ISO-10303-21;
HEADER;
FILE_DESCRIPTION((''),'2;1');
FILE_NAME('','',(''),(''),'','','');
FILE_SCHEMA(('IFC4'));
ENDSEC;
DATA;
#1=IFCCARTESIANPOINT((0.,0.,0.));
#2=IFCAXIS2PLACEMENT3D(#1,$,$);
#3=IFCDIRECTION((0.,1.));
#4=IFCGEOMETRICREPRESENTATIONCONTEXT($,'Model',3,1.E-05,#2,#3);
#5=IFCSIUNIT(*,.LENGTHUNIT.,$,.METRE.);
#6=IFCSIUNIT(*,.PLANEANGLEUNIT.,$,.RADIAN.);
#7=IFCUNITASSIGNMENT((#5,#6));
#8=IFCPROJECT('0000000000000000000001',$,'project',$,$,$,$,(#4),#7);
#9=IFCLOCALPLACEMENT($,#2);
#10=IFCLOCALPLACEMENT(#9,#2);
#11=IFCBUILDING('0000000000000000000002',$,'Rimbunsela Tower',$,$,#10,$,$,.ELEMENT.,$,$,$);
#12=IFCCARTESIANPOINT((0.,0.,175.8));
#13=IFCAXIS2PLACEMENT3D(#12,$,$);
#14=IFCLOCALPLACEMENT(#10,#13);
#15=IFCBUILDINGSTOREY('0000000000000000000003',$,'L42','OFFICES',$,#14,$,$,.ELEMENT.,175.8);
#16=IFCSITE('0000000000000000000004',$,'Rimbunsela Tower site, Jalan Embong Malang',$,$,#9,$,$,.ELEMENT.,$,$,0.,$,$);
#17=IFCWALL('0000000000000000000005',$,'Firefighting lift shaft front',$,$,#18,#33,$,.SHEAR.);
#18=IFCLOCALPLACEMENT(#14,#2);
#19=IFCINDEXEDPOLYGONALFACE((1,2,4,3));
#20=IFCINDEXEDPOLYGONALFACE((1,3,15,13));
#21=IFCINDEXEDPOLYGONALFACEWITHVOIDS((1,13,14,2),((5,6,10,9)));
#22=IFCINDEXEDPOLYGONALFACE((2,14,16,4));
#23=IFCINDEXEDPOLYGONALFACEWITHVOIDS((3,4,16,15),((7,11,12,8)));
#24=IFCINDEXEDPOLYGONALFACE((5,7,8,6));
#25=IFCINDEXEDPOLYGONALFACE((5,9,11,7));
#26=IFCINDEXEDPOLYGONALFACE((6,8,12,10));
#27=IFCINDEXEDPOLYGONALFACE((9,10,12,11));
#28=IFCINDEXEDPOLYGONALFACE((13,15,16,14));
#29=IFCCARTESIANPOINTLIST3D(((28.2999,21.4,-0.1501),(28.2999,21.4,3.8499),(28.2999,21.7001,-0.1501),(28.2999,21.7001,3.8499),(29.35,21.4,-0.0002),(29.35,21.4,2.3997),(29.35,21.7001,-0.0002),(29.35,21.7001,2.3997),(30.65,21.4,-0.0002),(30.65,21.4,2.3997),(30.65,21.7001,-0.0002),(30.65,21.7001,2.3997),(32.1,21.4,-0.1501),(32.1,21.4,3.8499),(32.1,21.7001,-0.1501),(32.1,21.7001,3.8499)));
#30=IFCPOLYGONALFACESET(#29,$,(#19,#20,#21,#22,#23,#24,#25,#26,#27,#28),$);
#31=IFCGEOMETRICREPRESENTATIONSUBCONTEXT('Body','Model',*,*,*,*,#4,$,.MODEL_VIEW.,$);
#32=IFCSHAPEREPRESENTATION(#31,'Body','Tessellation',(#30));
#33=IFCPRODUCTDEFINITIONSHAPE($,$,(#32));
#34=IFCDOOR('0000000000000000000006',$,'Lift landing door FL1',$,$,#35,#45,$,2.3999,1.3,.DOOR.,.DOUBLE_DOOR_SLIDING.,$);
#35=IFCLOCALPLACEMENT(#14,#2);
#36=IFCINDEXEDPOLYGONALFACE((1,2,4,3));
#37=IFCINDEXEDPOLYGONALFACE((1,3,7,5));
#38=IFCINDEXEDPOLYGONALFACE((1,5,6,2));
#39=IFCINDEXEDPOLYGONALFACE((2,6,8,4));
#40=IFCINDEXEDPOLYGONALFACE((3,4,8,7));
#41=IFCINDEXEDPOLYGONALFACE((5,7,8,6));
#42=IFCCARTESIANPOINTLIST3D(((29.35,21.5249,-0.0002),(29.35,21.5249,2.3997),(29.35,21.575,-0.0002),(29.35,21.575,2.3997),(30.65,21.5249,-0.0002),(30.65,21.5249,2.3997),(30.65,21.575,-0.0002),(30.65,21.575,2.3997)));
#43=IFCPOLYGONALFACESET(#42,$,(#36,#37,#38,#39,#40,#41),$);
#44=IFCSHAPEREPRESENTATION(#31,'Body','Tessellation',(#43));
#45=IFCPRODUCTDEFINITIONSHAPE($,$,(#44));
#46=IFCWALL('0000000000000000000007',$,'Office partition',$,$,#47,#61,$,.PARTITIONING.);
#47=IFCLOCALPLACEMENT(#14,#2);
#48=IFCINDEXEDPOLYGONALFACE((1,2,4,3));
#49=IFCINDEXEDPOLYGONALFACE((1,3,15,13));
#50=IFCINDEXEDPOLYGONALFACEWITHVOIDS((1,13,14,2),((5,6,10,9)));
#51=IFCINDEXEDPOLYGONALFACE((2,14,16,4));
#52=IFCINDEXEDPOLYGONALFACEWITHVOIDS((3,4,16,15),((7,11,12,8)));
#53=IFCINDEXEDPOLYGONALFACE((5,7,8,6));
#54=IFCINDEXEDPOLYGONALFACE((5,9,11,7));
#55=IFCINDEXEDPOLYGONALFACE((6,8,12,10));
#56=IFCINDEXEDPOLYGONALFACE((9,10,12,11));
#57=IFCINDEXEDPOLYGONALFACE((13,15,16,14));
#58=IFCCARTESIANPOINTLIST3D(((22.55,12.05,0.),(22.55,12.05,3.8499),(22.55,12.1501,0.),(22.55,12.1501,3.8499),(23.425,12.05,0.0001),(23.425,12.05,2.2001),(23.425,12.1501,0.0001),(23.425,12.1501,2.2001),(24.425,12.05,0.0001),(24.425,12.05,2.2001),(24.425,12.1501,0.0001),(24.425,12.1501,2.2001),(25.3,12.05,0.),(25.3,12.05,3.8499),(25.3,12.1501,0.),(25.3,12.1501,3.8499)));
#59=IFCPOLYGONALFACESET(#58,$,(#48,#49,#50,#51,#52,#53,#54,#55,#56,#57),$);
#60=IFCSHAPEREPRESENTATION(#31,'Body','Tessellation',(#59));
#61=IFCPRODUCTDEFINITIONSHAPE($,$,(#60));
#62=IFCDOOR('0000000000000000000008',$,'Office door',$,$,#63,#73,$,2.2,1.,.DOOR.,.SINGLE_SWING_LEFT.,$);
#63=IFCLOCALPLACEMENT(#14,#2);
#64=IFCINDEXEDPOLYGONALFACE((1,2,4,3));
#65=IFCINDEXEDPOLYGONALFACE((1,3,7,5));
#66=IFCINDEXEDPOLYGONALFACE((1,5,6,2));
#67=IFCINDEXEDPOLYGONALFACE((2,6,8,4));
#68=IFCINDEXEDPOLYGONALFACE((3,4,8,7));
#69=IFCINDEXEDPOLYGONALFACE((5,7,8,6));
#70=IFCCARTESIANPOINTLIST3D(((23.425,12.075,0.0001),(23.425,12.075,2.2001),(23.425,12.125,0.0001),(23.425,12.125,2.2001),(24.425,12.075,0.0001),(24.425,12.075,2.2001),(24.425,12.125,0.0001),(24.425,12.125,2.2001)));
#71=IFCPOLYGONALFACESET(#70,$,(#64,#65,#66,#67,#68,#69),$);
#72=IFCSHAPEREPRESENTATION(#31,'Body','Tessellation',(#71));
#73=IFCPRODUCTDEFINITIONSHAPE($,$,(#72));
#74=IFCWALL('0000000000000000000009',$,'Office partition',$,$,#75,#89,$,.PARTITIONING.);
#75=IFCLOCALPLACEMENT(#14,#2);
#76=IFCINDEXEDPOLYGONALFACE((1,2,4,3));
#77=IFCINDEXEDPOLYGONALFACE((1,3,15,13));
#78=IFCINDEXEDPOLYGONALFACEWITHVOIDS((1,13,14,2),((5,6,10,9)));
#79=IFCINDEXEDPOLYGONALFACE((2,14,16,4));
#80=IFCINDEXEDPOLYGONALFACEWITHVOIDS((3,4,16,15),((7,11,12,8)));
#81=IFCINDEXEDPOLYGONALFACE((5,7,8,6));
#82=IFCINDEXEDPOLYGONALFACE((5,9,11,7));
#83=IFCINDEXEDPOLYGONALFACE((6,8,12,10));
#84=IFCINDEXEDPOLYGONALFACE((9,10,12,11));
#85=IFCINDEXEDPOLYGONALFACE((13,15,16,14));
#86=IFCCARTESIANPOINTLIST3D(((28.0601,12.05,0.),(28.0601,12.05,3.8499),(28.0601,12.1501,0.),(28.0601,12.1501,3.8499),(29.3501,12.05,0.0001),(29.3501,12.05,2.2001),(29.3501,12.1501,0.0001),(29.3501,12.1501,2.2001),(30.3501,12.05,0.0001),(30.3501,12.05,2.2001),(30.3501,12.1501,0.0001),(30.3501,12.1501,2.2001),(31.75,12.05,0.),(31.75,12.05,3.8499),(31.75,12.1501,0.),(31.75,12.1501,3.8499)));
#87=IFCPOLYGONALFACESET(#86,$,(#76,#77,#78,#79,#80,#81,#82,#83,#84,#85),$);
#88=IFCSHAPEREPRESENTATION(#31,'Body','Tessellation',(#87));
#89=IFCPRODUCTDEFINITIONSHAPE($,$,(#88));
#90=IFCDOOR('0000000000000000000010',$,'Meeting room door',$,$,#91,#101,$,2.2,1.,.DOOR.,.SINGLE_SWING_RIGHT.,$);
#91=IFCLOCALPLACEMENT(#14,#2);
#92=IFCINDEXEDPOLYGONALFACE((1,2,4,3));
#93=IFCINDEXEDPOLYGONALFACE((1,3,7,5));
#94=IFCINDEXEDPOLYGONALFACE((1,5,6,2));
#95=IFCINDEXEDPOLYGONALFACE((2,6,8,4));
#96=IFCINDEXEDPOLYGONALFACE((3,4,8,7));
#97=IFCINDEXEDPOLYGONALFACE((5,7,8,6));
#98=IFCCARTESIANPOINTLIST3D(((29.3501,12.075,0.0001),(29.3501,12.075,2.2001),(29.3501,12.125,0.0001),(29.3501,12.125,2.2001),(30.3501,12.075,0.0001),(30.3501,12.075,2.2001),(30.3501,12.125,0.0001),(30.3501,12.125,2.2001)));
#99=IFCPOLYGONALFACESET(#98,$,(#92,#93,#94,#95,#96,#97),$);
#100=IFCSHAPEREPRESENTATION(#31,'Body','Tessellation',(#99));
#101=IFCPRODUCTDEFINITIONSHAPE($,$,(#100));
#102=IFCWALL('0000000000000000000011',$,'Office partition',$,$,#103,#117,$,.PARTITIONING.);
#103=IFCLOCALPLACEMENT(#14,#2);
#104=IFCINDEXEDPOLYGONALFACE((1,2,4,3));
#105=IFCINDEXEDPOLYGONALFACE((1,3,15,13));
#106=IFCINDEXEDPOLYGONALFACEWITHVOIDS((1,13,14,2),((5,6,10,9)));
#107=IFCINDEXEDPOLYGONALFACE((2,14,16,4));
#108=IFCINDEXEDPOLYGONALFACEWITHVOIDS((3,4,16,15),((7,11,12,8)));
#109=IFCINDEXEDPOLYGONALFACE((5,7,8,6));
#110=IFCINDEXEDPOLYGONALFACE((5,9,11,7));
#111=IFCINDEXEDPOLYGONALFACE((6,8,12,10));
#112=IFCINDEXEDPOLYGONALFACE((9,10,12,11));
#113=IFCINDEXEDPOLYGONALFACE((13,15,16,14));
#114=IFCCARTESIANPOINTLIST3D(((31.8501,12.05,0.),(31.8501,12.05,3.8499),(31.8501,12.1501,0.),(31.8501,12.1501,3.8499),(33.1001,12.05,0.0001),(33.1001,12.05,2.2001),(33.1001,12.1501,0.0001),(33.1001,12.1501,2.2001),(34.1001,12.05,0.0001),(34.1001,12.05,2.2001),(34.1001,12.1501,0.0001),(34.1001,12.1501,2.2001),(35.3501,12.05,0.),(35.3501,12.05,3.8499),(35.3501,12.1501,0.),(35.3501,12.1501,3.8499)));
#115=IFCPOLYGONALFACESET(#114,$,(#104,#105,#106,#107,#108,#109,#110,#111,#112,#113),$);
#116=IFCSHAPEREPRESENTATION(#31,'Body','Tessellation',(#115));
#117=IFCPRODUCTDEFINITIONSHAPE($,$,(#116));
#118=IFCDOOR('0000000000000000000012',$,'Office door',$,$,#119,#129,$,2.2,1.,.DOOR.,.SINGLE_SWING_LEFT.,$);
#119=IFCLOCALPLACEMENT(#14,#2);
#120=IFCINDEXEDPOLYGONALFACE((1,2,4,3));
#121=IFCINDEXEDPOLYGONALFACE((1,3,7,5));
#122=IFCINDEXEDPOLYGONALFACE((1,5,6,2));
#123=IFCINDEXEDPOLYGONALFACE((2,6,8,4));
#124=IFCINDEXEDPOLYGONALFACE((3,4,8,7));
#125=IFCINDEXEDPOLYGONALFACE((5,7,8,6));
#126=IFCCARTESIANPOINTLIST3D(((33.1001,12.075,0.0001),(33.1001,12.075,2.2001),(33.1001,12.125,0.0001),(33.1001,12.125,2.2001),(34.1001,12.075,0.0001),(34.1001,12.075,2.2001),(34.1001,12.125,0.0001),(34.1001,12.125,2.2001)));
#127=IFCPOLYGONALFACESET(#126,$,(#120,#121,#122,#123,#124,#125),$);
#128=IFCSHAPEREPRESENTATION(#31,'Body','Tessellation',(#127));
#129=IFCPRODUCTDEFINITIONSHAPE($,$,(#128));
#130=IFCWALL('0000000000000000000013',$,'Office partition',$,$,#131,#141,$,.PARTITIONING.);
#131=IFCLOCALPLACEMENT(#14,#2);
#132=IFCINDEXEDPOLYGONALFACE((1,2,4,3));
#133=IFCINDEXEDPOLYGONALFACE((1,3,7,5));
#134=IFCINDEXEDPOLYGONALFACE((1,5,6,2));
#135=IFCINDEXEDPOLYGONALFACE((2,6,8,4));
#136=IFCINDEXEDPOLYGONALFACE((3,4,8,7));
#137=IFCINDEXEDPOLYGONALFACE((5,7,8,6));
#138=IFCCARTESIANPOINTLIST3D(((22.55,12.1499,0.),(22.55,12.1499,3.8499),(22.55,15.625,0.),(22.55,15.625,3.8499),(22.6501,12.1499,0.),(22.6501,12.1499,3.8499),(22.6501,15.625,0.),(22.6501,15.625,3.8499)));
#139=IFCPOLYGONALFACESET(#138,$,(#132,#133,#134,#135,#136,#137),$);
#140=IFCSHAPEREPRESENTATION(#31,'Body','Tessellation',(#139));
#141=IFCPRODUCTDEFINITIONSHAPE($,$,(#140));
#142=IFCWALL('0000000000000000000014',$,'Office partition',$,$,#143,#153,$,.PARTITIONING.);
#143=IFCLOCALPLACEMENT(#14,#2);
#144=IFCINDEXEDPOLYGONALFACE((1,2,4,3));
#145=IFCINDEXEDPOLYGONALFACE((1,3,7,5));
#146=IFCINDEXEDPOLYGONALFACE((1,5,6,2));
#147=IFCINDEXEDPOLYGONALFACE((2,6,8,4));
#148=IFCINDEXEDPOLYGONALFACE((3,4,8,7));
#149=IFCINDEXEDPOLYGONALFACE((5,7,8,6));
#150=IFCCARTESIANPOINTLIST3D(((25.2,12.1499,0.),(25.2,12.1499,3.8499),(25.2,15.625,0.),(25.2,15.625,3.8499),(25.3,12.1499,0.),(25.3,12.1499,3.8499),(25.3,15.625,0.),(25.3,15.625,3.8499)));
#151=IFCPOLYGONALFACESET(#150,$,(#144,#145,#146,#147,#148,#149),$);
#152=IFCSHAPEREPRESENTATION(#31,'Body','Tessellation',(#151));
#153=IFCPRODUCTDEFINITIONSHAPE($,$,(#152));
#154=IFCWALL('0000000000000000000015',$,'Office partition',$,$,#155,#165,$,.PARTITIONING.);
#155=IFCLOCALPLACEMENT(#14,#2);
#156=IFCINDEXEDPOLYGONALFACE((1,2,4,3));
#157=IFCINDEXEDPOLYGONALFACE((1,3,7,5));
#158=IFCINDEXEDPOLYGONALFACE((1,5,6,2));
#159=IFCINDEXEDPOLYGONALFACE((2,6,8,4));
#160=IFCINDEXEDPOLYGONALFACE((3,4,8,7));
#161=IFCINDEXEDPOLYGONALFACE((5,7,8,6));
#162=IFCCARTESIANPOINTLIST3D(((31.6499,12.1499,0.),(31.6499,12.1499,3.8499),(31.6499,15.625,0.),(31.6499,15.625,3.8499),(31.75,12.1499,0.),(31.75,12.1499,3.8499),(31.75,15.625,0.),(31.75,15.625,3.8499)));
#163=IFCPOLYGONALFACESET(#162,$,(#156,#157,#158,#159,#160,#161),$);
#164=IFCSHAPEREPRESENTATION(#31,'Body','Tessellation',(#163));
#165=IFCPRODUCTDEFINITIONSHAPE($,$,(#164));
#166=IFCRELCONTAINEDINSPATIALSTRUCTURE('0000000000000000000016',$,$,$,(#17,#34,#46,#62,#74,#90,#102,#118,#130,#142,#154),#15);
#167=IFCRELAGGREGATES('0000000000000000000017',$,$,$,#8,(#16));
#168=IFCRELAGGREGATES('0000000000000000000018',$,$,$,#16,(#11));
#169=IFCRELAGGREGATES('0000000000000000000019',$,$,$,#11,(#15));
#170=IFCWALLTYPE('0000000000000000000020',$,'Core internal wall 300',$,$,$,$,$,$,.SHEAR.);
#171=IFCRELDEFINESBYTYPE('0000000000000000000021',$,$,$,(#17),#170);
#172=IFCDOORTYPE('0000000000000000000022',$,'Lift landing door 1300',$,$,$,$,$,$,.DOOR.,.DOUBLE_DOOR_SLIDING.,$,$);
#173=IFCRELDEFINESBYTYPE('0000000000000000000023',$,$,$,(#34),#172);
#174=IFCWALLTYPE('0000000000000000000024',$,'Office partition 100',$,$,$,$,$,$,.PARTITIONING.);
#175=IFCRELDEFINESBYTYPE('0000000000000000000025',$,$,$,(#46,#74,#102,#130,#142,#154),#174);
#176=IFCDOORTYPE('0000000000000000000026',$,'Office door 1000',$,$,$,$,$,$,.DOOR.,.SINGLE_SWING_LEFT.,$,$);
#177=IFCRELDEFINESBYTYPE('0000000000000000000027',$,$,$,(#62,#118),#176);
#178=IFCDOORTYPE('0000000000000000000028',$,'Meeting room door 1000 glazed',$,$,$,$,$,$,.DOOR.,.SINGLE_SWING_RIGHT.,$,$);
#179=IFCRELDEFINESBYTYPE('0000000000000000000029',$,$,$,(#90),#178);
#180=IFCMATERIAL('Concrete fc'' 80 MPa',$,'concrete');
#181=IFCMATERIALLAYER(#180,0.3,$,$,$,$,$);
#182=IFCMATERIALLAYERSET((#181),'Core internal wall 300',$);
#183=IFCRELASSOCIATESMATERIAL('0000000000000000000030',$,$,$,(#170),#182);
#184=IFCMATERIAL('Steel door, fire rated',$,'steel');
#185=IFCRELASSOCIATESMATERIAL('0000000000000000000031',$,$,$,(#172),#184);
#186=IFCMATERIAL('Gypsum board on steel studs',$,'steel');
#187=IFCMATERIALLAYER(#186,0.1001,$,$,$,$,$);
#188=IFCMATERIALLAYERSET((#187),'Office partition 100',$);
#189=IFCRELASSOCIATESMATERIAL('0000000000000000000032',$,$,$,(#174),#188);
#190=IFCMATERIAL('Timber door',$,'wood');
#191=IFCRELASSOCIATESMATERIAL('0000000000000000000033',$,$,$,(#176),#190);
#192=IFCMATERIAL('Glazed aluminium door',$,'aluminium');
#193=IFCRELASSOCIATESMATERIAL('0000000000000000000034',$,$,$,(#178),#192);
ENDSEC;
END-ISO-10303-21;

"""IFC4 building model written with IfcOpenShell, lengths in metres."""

from ifc_helpers import new_model, si_unit, direction, frame, frame_2d, origin, place, context, subcontext, project, spatial, rectangle, extrude, material, layer, layer_set, type_object, element, fill, save


model = new_model("IFC4")

# Units and contexts
model_context = context("Model", 3, precision=1e-05, world=origin(), true_north=direction((0.0, 1.0)))
body_context = subcontext(model_context, "Body", "Model", "MODEL_VIEW")
ifc_project = project(units=[si_unit("LENGTHUNIT", "METRE"), si_unit("PLANEANGLEUNIT", "RADIAN")], contexts=[model_context])

# Site, building, storey
site_placement = place(None, origin())
site = spatial("IfcSite", under=ifc_project, at=site_placement, Name="Rimbunsela Tower site, Jalan Embong Malang", CompositionType="ELEMENT", RefElevation=0.0)
building_placement = place(site_placement, origin())
building = spatial("IfcBuilding", under=site, at=building_placement, Name="Rimbunsela Tower", CompositionType="ELEMENT")
storey_placement = place(building_placement, frame((0.0, 0.0, 175.8)))
storey = spatial("IfcBuildingStorey", under=building, at=storey_placement, Name="L42", Description="OFFICES", CompositionType="ELEMENT", Elevation=175.8)

# Shared definitions
ifc_material_1 = material(Name="Concrete fc' 80 MPa", Category="concrete")
ifc_layer_1 = layer(ifc_material_1, 0.3)
ifc_layer_set_1 = layer_set([ifc_layer_1], Name="Core internal wall 300")
wall_type_1 = type_object("IfcWallType", Name="Core internal wall 300", PredefinedType="SHEAR", material=ifc_layer_set_1)

# Walls, openings, doors
wall_1_placement = place(storey_placement, frame((28.3, 21.55, -0.1501), z_axis=(0.0, 0.0, 1.0), x_axis=(1.0, 0.0, 0.0)))
wall_1 = element("IfcWall", 1, at=wall_1_placement, inside=storey, type_object=wall_type_1, Name="Firefighting lift shaft front", PredefinedType="SHEAR", context=body_context, shape_type="SweptSolid", body=[
    extrude(rectangle(XDim=3.8, YDim=0.3, at=frame_2d((1.8999, 0.0))), origin(), (0.0, 0.0, 1.0), 4.0),
])
opening_1_placement = place(wall_1_placement, frame((1.05, 0.0, 0.1499)))
opening_1 = element("IfcOpeningElement", 2, at=opening_1_placement, cuts=wall_1, PredefinedType="OPENING", context=body_context, shape_type="SweptSolid", body=[
    extrude(rectangle(XDim=1.3, YDim=2.3999, at=frame_2d((0.6499, 1.2))), frame((0.0, 0.1599, 0.0), z_axis=(0.0, -1.0, 0.0), x_axis=(1.0, 0.0, 0.0)), (0.0, 0.0, 1.0), 0.3201),
])
ifc_material_2 = material(Name="Steel door, fire rated", Category="steel")
door_type_1 = type_object("IfcDoorType", Name="Lift landing door 1300", OperationType="DOUBLE_DOOR_SLIDING", PredefinedType="DOOR", material=ifc_material_2)
door_1_placement = place(opening_1_placement, origin())
door_1 = element("IfcDoor", 3, at=door_1_placement, inside=storey, type_object=door_type_1, Name="Lift landing door FL1", OperationType="DOUBLE_DOOR_SLIDING", OverallHeight=2.3999, OverallWidth=1.3, PredefinedType="DOOR", context=body_context, shape_type="SweptSolid", body=[
    extrude(rectangle(XDim=1.3, YDim=2.3999, at=frame_2d((0.6499, 1.2))), frame((0.0, 0.0249, 0.0), z_axis=(0.0, -1.0, 0.0), x_axis=(1.0, 0.0, 0.0)), (0.0, 0.0, 1.0), 0.05),
])
fill(opening_1, door_1)
ifc_material_3 = material(Name="Gypsum board on steel studs", Category="steel")
ifc_layer_2 = layer(ifc_material_3, 0.1001)
ifc_layer_set_2 = layer_set([ifc_layer_2], Name="Office partition 100")
wall_type_2 = type_object("IfcWallType", Name="Office partition 100", PredefinedType="PARTITIONING", material=ifc_layer_set_2)
wall_2_placement = place(storey_placement, frame((22.55, 12.1001, 0.0), z_axis=(0.0, 0.0, 1.0), x_axis=(1.0, 0.0, 0.0)))
wall_2 = element("IfcWall", 4, at=wall_2_placement, inside=storey, type_object=wall_type_2, Name="Office partition", PredefinedType="PARTITIONING", context=body_context, shape_type="SweptSolid", body=[
    extrude(rectangle(XDim=2.75, YDim=0.1001, at=frame_2d((1.375, 0.0))), origin(), (0.0, 0.0, 1.0), 3.8499),
])
opening_2_placement = place(wall_2_placement, frame((0.875, 0.0, 0.0)))
opening_2 = element("IfcOpeningElement", 5, at=opening_2_placement, cuts=wall_2, PredefinedType="OPENING", context=body_context, shape_type="SweptSolid", body=[
    extrude(rectangle(XDim=1.0, YDim=2.2, at=frame_2d((0.5, 1.1001))), frame((0.0, 0.0601, 0.0), z_axis=(0.0, -1.0, 0.0), x_axis=(1.0, 0.0, 0.0)), (0.0, 0.0, 1.0), 0.1201),
])
ifc_material_4 = material(Name="Timber door", Category="wood")
door_type_2 = type_object("IfcDoorType", Name="Office door 1000", OperationType="SINGLE_SWING_LEFT", PredefinedType="DOOR", material=ifc_material_4)
door_2_placement = place(opening_2_placement, origin())
door_2 = element("IfcDoor", 6, at=door_2_placement, inside=storey, type_object=door_type_2, Name="Office door", OperationType="SINGLE_SWING_LEFT", OverallHeight=2.2, OverallWidth=1.0, PredefinedType="DOOR", context=body_context, shape_type="SweptSolid", body=[
    extrude(rectangle(XDim=1.0, YDim=2.2, at=frame_2d((0.5, 1.1001))), frame((0.0, 0.0249, 0.0), z_axis=(0.0, -1.0, 0.0), x_axis=(1.0, 0.0, 0.0)), (0.0, 0.0, 1.0), 0.05),
])
fill(opening_2, door_2)
wall_3_placement = place(storey_placement, frame((28.0601, 12.1001, 0.0), z_axis=(0.0, 0.0, 1.0), x_axis=(1.0, 0.0, 0.0)))
wall_3 = element("IfcWall", 7, at=wall_3_placement, inside=storey, type_object=wall_type_2, Name="Office partition", PredefinedType="PARTITIONING", context=body_context, shape_type="SweptSolid", body=[
    extrude(rectangle(XDim=3.6899, YDim=0.1001, at=frame_2d((1.845, 0.0))), origin(), (0.0, 0.0, 1.0), 3.8499),
])
opening_3_placement = place(wall_3_placement, frame((1.29, 0.0, 0.0)))
opening_3 = element("IfcOpeningElement", 8, at=opening_3_placement, cuts=wall_3, PredefinedType="OPENING", context=body_context, shape_type="SweptSolid", body=[
    extrude(rectangle(XDim=1.0, YDim=2.2, at=frame_2d((0.5, 1.1001))), frame((0.0, 0.0601, 0.0), z_axis=(0.0, -1.0, 0.0), x_axis=(1.0, 0.0, 0.0)), (0.0, 0.0, 1.0), 0.1201),
])
ifc_material_5 = material(Name="Glazed aluminium door", Category="aluminium")
door_type_3 = type_object("IfcDoorType", Name="Meeting room door 1000 glazed", OperationType="SINGLE_SWING_RIGHT", PredefinedType="DOOR", material=ifc_material_5)
door_3_placement = place(opening_3_placement, origin())
door_3 = element("IfcDoor", 9, at=door_3_placement, inside=storey, type_object=door_type_3, Name="Meeting room door", OperationType="SINGLE_SWING_RIGHT", OverallHeight=2.2, OverallWidth=1.0, PredefinedType="DOOR", context=body_context, shape_type="SweptSolid", body=[
    extrude(rectangle(XDim=1.0, YDim=2.2, at=frame_2d((0.5, 1.1001))), frame((0.0, 0.0249, 0.0), z_axis=(0.0, -1.0, 0.0), x_axis=(1.0, 0.0, 0.0)), (0.0, 0.0, 1.0), 0.05),
])
fill(opening_3, door_3)
wall_4_placement = place(storey_placement, frame((31.8501, 12.1001, 0.0), z_axis=(0.0, 0.0, 1.0), x_axis=(1.0, 0.0, 0.0)))
wall_4 = element("IfcWall", 10, at=wall_4_placement, inside=storey, type_object=wall_type_2, Name="Office partition", PredefinedType="PARTITIONING", context=body_context, shape_type="SweptSolid", body=[
    extrude(rectangle(XDim=3.5, YDim=0.1001, at=frame_2d((1.75, 0.0))), origin(), (0.0, 0.0, 1.0), 3.8499),
])
opening_4_placement = place(wall_4_placement, frame((1.25, 0.0, 0.0)))
opening_4 = element("IfcOpeningElement", 11, at=opening_4_placement, cuts=wall_4, PredefinedType="OPENING", context=body_context, shape_type="SweptSolid", body=[
    extrude(rectangle(XDim=1.0, YDim=2.2, at=frame_2d((0.5, 1.1001))), frame((0.0, 0.0601, 0.0), z_axis=(0.0, -1.0, 0.0), x_axis=(1.0, 0.0, 0.0)), (0.0, 0.0, 1.0), 0.1201),
])
door_4_placement = place(opening_4_placement, origin())
door_4 = element("IfcDoor", 12, at=door_4_placement, inside=storey, type_object=door_type_2, Name="Office door", OperationType="SINGLE_SWING_LEFT", OverallHeight=2.2, OverallWidth=1.0, PredefinedType="DOOR", context=body_context, shape_type="SweptSolid", body=[
    extrude(rectangle(XDim=1.0, YDim=2.2, at=frame_2d((0.5, 1.1001))), frame((0.0, 0.0249, 0.0), z_axis=(0.0, -1.0, 0.0), x_axis=(1.0, 0.0, 0.0)), (0.0, 0.0, 1.0), 0.05),
])
fill(opening_4, door_4)

# Walls
for number, where, z_axis, x_axis, name in (
    (13, (22.6001, 12.1499, 0.0), (0.0, 0.0, 1.0), (0.0, 1.0, 0.0), "Office partition"),
    (14, (25.25, 12.1499, 0.0), (0.0, 0.0, 1.0), (0.0, 1.0, 0.0), "Office partition"),
    (15, (31.7, 12.1499, 0.0), (0.0, 0.0, 1.0), (0.0, 1.0, 0.0), "Office partition"),
):
    element("IfcWall", number, at=place(storey_placement, frame(where, z_axis=z_axis, x_axis=x_axis)), inside=storey, type_object=wall_type_2, Name=name, PredefinedType="PARTITIONING", context=body_context, shape_type="SweptSolid", body=[
        extrude(rectangle(XDim=3.4751, YDim=0.1001, at=frame_2d((1.7375, 0.0))), origin(), (0.0, 0.0, 1.0), 3.8499),
    ])

save(model, "model.ifc")
